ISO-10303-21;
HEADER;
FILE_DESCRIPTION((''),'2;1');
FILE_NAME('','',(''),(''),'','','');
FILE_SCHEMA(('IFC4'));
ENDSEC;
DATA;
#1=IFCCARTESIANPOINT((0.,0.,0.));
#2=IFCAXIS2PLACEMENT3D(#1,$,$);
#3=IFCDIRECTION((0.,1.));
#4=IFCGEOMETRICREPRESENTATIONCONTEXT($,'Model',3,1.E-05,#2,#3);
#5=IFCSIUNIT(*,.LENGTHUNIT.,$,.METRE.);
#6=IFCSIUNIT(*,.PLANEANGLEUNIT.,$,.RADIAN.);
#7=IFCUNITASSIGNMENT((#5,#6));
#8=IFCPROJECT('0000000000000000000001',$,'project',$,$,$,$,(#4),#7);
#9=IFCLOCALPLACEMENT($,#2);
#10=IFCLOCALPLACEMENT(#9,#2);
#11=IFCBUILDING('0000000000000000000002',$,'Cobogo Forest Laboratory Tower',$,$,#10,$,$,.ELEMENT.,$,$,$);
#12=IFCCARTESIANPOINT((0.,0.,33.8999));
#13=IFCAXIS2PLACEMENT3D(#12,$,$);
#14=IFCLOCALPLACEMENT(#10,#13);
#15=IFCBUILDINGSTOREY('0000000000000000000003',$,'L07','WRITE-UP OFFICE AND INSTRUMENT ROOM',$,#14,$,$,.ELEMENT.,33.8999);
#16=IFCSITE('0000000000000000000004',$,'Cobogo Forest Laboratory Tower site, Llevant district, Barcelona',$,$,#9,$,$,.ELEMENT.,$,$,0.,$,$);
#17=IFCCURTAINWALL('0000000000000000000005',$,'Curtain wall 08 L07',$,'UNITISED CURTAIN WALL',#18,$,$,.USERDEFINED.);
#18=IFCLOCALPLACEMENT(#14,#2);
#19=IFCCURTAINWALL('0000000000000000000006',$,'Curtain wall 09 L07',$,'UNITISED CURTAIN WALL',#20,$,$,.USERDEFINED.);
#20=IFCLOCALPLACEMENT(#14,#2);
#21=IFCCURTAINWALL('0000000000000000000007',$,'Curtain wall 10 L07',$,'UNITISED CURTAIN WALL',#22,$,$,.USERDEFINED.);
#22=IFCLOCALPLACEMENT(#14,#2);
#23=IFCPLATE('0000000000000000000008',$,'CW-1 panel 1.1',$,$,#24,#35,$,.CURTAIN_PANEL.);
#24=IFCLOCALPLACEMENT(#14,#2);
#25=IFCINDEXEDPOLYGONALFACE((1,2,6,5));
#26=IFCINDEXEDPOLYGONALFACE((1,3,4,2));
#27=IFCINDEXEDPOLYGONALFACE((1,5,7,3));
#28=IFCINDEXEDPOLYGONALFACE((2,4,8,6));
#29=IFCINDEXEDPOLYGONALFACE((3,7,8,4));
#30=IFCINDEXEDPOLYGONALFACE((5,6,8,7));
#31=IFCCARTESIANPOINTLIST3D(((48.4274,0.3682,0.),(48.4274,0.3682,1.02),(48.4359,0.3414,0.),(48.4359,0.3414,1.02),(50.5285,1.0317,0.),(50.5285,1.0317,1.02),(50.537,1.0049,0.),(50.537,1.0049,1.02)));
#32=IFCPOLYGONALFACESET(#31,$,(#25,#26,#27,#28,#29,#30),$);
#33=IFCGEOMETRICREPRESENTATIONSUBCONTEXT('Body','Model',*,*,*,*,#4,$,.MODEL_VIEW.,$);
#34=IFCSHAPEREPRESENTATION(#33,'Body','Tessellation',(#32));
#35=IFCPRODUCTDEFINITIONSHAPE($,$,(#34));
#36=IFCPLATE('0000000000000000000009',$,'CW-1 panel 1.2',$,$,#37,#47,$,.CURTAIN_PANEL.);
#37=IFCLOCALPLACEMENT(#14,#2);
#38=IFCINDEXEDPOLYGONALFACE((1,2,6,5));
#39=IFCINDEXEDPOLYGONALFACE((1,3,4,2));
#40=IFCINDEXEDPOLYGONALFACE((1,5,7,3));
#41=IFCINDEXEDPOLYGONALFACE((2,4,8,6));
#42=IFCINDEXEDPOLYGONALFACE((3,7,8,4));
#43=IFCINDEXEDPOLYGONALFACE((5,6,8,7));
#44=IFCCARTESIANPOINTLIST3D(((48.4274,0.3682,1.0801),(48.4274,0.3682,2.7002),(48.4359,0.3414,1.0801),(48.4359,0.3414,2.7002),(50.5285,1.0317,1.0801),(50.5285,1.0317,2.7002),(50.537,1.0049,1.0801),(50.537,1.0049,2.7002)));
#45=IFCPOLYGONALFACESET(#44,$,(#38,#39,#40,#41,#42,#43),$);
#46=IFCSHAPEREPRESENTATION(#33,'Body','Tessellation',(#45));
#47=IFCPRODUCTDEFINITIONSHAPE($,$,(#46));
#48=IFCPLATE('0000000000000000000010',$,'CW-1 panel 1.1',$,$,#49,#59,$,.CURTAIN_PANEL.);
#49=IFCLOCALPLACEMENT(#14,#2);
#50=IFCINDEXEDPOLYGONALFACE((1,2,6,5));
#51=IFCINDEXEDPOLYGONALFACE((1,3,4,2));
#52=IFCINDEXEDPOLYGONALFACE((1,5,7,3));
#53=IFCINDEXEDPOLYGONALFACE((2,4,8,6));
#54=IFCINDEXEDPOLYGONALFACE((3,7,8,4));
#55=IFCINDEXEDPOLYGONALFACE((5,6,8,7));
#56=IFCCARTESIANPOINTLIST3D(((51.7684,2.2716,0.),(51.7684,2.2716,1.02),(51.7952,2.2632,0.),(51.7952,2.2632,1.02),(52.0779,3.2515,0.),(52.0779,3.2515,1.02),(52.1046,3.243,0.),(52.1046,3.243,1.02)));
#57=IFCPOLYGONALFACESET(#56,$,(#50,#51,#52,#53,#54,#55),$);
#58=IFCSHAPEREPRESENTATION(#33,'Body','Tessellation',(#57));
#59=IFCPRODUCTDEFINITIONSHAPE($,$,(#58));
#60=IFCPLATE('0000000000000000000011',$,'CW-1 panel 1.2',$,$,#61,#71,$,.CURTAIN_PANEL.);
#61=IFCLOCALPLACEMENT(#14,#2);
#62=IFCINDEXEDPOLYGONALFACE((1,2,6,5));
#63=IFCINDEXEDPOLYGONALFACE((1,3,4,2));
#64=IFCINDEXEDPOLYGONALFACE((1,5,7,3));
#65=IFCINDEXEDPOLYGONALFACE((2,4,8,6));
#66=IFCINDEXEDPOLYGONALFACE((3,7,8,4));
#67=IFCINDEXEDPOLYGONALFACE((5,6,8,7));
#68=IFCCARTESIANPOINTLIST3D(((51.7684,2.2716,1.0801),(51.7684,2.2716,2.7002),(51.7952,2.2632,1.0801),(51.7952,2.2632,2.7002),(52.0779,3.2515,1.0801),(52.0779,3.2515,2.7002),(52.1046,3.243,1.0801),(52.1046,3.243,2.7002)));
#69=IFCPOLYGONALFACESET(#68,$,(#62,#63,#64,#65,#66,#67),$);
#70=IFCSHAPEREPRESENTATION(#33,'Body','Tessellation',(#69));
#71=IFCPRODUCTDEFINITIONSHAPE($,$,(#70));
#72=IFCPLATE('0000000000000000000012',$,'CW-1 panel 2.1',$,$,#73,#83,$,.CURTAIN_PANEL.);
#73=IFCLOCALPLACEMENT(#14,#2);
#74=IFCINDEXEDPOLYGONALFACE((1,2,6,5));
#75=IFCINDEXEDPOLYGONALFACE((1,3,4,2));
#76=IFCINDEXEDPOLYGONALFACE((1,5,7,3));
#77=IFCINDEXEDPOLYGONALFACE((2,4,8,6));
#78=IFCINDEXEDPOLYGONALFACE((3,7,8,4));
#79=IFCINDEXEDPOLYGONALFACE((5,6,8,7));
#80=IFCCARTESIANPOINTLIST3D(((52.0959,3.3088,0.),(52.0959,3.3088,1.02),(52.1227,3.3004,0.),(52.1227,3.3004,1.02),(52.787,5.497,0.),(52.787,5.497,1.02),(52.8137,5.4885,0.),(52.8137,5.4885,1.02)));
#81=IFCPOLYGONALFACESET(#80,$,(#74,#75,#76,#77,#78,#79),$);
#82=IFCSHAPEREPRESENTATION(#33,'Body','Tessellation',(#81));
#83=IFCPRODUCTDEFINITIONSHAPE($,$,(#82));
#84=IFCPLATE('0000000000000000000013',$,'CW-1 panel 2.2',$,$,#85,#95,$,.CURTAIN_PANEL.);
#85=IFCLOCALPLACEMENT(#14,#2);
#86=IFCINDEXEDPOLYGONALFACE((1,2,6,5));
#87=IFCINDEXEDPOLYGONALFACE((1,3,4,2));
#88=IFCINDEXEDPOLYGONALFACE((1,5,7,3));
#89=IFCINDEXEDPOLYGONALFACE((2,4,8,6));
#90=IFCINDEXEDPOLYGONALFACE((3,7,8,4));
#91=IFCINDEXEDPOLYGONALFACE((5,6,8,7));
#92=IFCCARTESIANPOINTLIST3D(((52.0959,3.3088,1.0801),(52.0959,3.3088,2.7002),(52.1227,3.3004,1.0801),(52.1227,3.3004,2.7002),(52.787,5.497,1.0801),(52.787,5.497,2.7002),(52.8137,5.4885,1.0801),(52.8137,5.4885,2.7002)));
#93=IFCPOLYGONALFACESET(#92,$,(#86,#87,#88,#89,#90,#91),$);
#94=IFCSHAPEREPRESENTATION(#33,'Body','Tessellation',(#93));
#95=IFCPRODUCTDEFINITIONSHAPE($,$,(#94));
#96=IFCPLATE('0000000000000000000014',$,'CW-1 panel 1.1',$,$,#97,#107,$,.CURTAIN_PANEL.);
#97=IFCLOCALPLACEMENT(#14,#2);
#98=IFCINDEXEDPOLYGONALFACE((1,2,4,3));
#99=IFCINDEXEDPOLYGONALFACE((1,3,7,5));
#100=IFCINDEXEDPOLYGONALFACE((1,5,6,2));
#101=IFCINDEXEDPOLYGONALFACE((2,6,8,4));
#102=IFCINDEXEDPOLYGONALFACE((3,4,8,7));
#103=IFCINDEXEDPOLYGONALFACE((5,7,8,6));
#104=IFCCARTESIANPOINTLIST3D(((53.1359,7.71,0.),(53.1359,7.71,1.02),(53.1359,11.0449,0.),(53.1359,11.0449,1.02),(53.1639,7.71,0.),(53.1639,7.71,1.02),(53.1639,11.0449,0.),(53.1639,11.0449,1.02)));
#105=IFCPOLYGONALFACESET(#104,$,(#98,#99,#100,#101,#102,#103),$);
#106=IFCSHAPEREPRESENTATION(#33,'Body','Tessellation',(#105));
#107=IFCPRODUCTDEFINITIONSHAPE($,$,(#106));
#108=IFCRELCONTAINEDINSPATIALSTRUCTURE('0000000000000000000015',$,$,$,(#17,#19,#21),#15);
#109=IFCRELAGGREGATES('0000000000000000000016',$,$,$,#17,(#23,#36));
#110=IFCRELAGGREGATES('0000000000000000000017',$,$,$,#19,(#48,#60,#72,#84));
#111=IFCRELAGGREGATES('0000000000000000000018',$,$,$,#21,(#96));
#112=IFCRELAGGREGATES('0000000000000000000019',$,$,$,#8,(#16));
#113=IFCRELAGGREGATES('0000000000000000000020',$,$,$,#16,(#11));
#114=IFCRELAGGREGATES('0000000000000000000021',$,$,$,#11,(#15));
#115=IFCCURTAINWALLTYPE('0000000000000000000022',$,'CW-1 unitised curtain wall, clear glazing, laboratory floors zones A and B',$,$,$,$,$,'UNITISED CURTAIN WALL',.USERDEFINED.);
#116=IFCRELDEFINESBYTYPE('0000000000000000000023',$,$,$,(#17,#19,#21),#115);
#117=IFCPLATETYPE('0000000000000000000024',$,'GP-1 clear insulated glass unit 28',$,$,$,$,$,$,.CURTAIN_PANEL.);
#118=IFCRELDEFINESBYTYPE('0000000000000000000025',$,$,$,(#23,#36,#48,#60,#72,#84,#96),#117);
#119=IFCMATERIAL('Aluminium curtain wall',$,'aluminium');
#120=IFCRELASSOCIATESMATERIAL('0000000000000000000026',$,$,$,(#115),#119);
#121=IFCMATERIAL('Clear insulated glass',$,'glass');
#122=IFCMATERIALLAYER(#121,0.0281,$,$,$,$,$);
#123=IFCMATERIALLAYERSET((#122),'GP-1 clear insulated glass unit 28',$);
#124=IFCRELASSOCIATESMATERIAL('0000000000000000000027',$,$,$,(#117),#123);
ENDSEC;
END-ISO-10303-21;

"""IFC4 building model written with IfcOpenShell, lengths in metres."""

from ifc_helpers import new_model, si_unit, direction, frame, origin, origin_2d, place, context, subcontext, project, spatial, rectangle, extrude, material, layer, layer_set, type_object, element, aggregate, save


model = new_model("IFC4")

# Units and contexts
model_context = context("Model", 3, precision=1e-05, world=origin(), true_north=direction((0.0, 1.0)))
body_context = subcontext(model_context, "Body", "Model", "MODEL_VIEW")
ifc_project = project(units=[si_unit("LENGTHUNIT", "METRE"), si_unit("PLANEANGLEUNIT", "RADIAN")], contexts=[model_context])

# Site, building, storey
site_placement = place(None, origin())
site = spatial("IfcSite", under=ifc_project, at=site_placement, Name="Cobogo Forest Laboratory Tower site, Llevant district, Barcelona", CompositionType="ELEMENT", RefElevation=0.0)
building_placement = place(site_placement, origin())
building = spatial("IfcBuilding", under=site, at=building_placement, Name="Cobogo Forest Laboratory Tower", CompositionType="ELEMENT")
storey_placement = place(building_placement, frame((0.0, 0.0, 33.8999)))
storey = spatial("IfcBuildingStorey", under=building, at=storey_placement, Name="L07", Description="WRITE-UP OFFICE AND INSTRUMENT ROOM", CompositionType="ELEMENT", Elevation=33.8999)

# Curtain walls
ifc_material_1 = material(Name="Aluminium curtain wall", Category="aluminium")
curtain_wall_type = type_object("IfcCurtainWallType", Name="CW-1 unitised curtain wall, clear glazing, laboratory floors zones A and B", ElementType="UNITISED CURTAIN WALL", PredefinedType="USERDEFINED", material=ifc_material_1)
curtain_wall_1_placement = place(storey_placement, origin())
curtain_wall_1 = element("IfcCurtainWall", 1, at=curtain_wall_1_placement, inside=storey, type_object=curtain_wall_type, Name="Curtain wall 08 L07", ObjectType="UNITISED CURTAIN WALL", PredefinedType="USERDEFINED")
curtain_wall_2_placement = place(storey_placement, origin())
curtain_wall_2 = element("IfcCurtainWall", 2, at=curtain_wall_2_placement, inside=storey, type_object=curtain_wall_type, Name="Curtain wall 09 L07", ObjectType="UNITISED CURTAIN WALL", PredefinedType="USERDEFINED")

# Curtain wall
curtain_wall_3_placement = place(storey_placement, origin())
curtain_wall_3 = element("IfcCurtainWall", 3, at=curtain_wall_3_placement, inside=storey, type_object=curtain_wall_type, Name="Curtain wall 10 L07", ObjectType="UNITISED CURTAIN WALL", PredefinedType="USERDEFINED")

# Plates
ifc_material_2 = material(Name="Clear insulated glass", Category="glass")
ifc_layer = layer(ifc_material_2, 0.0281)
ifc_layer_set = layer_set([ifc_layer], Name="GP-1 clear insulated glass unit 28")
plate_type_1 = type_object("IfcPlateType", Name="GP-1 clear insulated glass unit 28", PredefinedType="CURTAIN_PANEL", material=ifc_layer_set)
plate_1_placement = place(storey_placement, frame((49.4822, 0.6865, 0.0), z_axis=(0.0, 0.0, 1.0), x_axis=(0.953581, 0.301135, 0.0)))
plate_1 = element("IfcPlate", 4, at=plate_1_placement, type_object=plate_type_1, Name="CW-1 panel 1.1", PredefinedType="CURTAIN_PANEL", context=body_context, shape_type="SweptSolid", body=[
    extrude(rectangle(XDim=2.2034, YDim=0.0281, at=origin_2d()), origin(), (0.0, 0.0, 1.0), 1.02),
])
plate_2_placement = place(storey_placement, frame((49.4822, 0.6865, 1.0801), z_axis=(0.0, 0.0, 1.0), x_axis=(0.953581, 0.301135, 0.0)))
plate_2 = element("IfcPlate", 5, at=plate_2_placement, type_object=plate_type_1, Name="CW-1 panel 1.2", PredefinedType="CURTAIN_PANEL", context=body_context, shape_type="SweptSolid", body=[
    extrude(rectangle(XDim=2.2034, YDim=0.0281, at=origin_2d()), origin(), (0.0, 0.0, 1.0), 1.6201),
])
aggregate(curtain_wall_1, [plate_1, plate_2])
plate_3_placement = place(storey_placement, frame((51.9365, 2.7573, 0.0), z_axis=(0.0, 0.0, 1.0), x_axis=(0.301135, 0.953581, 0.0)))
plate_3 = element("IfcPlate", 6, at=plate_3_placement, type_object=plate_type_1, Name="CW-1 panel 1.1", PredefinedType="CURTAIN_PANEL", context=body_context, shape_type="SweptSolid", body=[
    extrude(rectangle(XDim=1.0276, YDim=0.0281, at=origin_2d()), origin(), (0.0, 0.0, 1.0), 1.02),
])
plate_4_placement = place(storey_placement, frame((51.9365, 2.7573, 1.0801), z_axis=(0.0, 0.0, 1.0), x_axis=(0.301135, 0.953581, 0.0)))
plate_4 = element("IfcPlate", 7, at=plate_4_placement, type_object=plate_type_1, Name="CW-1 panel 1.2", PredefinedType="CURTAIN_PANEL", context=body_context, shape_type="SweptSolid", body=[
    extrude(rectangle(XDim=1.0276, YDim=0.0281, at=origin_2d()), origin(), (0.0, 0.0, 1.0), 1.6201),
])
plate_5_placement = place(storey_placement, frame((52.4548, 4.3987, 0.0), z_axis=(0.0, 0.0, 1.0), x_axis=(0.301135, 0.953581, 0.0)))
plate_5 = element("IfcPlate", 8, at=plate_5_placement, type_object=plate_type_1, Name="CW-1 panel 2.1", PredefinedType="CURTAIN_PANEL", context=body_context, shape_type="SweptSolid", body=[
    extrude(rectangle(XDim=2.2947, YDim=0.0281, at=origin_2d()), origin(), (0.0, 0.0, 1.0), 1.02),
])
plate_6_placement = place(storey_placement, frame((52.4548, 4.3987, 1.0801), z_axis=(0.0, 0.0, 1.0), x_axis=(0.301135, 0.953581, 0.0)))
plate_6 = element("IfcPlate", 9, at=plate_6_placement, type_object=plate_type_1, Name="CW-1 panel 2.2", PredefinedType="CURTAIN_PANEL", context=body_context, shape_type="SweptSolid", body=[
    extrude(rectangle(XDim=2.2947, YDim=0.0281, at=origin_2d()), origin(), (0.0, 0.0, 1.0), 1.6201),
])
aggregate(curtain_wall_2, [plate_3, plate_4, plate_5, plate_6])
plate_7_placement = place(storey_placement, frame((53.1499, 9.3774, 0.0), z_axis=(0.0, 0.0, 1.0), x_axis=(0.0, 1.0, 0.0)))
plate_7 = element("IfcPlate", 10, at=plate_7_placement, type_object=plate_type_1, Name="CW-1 panel 1.1", PredefinedType="CURTAIN_PANEL", context=body_context, shape_type="SweptSolid", body=[
    extrude(rectangle(XDim=3.335, YDim=0.0281, at=origin_2d()), origin(), (0.0, 0.0, 1.0), 1.02),
])
aggregate(curtain_wall_3, [plate_7])

save(model, "model.ifc")
